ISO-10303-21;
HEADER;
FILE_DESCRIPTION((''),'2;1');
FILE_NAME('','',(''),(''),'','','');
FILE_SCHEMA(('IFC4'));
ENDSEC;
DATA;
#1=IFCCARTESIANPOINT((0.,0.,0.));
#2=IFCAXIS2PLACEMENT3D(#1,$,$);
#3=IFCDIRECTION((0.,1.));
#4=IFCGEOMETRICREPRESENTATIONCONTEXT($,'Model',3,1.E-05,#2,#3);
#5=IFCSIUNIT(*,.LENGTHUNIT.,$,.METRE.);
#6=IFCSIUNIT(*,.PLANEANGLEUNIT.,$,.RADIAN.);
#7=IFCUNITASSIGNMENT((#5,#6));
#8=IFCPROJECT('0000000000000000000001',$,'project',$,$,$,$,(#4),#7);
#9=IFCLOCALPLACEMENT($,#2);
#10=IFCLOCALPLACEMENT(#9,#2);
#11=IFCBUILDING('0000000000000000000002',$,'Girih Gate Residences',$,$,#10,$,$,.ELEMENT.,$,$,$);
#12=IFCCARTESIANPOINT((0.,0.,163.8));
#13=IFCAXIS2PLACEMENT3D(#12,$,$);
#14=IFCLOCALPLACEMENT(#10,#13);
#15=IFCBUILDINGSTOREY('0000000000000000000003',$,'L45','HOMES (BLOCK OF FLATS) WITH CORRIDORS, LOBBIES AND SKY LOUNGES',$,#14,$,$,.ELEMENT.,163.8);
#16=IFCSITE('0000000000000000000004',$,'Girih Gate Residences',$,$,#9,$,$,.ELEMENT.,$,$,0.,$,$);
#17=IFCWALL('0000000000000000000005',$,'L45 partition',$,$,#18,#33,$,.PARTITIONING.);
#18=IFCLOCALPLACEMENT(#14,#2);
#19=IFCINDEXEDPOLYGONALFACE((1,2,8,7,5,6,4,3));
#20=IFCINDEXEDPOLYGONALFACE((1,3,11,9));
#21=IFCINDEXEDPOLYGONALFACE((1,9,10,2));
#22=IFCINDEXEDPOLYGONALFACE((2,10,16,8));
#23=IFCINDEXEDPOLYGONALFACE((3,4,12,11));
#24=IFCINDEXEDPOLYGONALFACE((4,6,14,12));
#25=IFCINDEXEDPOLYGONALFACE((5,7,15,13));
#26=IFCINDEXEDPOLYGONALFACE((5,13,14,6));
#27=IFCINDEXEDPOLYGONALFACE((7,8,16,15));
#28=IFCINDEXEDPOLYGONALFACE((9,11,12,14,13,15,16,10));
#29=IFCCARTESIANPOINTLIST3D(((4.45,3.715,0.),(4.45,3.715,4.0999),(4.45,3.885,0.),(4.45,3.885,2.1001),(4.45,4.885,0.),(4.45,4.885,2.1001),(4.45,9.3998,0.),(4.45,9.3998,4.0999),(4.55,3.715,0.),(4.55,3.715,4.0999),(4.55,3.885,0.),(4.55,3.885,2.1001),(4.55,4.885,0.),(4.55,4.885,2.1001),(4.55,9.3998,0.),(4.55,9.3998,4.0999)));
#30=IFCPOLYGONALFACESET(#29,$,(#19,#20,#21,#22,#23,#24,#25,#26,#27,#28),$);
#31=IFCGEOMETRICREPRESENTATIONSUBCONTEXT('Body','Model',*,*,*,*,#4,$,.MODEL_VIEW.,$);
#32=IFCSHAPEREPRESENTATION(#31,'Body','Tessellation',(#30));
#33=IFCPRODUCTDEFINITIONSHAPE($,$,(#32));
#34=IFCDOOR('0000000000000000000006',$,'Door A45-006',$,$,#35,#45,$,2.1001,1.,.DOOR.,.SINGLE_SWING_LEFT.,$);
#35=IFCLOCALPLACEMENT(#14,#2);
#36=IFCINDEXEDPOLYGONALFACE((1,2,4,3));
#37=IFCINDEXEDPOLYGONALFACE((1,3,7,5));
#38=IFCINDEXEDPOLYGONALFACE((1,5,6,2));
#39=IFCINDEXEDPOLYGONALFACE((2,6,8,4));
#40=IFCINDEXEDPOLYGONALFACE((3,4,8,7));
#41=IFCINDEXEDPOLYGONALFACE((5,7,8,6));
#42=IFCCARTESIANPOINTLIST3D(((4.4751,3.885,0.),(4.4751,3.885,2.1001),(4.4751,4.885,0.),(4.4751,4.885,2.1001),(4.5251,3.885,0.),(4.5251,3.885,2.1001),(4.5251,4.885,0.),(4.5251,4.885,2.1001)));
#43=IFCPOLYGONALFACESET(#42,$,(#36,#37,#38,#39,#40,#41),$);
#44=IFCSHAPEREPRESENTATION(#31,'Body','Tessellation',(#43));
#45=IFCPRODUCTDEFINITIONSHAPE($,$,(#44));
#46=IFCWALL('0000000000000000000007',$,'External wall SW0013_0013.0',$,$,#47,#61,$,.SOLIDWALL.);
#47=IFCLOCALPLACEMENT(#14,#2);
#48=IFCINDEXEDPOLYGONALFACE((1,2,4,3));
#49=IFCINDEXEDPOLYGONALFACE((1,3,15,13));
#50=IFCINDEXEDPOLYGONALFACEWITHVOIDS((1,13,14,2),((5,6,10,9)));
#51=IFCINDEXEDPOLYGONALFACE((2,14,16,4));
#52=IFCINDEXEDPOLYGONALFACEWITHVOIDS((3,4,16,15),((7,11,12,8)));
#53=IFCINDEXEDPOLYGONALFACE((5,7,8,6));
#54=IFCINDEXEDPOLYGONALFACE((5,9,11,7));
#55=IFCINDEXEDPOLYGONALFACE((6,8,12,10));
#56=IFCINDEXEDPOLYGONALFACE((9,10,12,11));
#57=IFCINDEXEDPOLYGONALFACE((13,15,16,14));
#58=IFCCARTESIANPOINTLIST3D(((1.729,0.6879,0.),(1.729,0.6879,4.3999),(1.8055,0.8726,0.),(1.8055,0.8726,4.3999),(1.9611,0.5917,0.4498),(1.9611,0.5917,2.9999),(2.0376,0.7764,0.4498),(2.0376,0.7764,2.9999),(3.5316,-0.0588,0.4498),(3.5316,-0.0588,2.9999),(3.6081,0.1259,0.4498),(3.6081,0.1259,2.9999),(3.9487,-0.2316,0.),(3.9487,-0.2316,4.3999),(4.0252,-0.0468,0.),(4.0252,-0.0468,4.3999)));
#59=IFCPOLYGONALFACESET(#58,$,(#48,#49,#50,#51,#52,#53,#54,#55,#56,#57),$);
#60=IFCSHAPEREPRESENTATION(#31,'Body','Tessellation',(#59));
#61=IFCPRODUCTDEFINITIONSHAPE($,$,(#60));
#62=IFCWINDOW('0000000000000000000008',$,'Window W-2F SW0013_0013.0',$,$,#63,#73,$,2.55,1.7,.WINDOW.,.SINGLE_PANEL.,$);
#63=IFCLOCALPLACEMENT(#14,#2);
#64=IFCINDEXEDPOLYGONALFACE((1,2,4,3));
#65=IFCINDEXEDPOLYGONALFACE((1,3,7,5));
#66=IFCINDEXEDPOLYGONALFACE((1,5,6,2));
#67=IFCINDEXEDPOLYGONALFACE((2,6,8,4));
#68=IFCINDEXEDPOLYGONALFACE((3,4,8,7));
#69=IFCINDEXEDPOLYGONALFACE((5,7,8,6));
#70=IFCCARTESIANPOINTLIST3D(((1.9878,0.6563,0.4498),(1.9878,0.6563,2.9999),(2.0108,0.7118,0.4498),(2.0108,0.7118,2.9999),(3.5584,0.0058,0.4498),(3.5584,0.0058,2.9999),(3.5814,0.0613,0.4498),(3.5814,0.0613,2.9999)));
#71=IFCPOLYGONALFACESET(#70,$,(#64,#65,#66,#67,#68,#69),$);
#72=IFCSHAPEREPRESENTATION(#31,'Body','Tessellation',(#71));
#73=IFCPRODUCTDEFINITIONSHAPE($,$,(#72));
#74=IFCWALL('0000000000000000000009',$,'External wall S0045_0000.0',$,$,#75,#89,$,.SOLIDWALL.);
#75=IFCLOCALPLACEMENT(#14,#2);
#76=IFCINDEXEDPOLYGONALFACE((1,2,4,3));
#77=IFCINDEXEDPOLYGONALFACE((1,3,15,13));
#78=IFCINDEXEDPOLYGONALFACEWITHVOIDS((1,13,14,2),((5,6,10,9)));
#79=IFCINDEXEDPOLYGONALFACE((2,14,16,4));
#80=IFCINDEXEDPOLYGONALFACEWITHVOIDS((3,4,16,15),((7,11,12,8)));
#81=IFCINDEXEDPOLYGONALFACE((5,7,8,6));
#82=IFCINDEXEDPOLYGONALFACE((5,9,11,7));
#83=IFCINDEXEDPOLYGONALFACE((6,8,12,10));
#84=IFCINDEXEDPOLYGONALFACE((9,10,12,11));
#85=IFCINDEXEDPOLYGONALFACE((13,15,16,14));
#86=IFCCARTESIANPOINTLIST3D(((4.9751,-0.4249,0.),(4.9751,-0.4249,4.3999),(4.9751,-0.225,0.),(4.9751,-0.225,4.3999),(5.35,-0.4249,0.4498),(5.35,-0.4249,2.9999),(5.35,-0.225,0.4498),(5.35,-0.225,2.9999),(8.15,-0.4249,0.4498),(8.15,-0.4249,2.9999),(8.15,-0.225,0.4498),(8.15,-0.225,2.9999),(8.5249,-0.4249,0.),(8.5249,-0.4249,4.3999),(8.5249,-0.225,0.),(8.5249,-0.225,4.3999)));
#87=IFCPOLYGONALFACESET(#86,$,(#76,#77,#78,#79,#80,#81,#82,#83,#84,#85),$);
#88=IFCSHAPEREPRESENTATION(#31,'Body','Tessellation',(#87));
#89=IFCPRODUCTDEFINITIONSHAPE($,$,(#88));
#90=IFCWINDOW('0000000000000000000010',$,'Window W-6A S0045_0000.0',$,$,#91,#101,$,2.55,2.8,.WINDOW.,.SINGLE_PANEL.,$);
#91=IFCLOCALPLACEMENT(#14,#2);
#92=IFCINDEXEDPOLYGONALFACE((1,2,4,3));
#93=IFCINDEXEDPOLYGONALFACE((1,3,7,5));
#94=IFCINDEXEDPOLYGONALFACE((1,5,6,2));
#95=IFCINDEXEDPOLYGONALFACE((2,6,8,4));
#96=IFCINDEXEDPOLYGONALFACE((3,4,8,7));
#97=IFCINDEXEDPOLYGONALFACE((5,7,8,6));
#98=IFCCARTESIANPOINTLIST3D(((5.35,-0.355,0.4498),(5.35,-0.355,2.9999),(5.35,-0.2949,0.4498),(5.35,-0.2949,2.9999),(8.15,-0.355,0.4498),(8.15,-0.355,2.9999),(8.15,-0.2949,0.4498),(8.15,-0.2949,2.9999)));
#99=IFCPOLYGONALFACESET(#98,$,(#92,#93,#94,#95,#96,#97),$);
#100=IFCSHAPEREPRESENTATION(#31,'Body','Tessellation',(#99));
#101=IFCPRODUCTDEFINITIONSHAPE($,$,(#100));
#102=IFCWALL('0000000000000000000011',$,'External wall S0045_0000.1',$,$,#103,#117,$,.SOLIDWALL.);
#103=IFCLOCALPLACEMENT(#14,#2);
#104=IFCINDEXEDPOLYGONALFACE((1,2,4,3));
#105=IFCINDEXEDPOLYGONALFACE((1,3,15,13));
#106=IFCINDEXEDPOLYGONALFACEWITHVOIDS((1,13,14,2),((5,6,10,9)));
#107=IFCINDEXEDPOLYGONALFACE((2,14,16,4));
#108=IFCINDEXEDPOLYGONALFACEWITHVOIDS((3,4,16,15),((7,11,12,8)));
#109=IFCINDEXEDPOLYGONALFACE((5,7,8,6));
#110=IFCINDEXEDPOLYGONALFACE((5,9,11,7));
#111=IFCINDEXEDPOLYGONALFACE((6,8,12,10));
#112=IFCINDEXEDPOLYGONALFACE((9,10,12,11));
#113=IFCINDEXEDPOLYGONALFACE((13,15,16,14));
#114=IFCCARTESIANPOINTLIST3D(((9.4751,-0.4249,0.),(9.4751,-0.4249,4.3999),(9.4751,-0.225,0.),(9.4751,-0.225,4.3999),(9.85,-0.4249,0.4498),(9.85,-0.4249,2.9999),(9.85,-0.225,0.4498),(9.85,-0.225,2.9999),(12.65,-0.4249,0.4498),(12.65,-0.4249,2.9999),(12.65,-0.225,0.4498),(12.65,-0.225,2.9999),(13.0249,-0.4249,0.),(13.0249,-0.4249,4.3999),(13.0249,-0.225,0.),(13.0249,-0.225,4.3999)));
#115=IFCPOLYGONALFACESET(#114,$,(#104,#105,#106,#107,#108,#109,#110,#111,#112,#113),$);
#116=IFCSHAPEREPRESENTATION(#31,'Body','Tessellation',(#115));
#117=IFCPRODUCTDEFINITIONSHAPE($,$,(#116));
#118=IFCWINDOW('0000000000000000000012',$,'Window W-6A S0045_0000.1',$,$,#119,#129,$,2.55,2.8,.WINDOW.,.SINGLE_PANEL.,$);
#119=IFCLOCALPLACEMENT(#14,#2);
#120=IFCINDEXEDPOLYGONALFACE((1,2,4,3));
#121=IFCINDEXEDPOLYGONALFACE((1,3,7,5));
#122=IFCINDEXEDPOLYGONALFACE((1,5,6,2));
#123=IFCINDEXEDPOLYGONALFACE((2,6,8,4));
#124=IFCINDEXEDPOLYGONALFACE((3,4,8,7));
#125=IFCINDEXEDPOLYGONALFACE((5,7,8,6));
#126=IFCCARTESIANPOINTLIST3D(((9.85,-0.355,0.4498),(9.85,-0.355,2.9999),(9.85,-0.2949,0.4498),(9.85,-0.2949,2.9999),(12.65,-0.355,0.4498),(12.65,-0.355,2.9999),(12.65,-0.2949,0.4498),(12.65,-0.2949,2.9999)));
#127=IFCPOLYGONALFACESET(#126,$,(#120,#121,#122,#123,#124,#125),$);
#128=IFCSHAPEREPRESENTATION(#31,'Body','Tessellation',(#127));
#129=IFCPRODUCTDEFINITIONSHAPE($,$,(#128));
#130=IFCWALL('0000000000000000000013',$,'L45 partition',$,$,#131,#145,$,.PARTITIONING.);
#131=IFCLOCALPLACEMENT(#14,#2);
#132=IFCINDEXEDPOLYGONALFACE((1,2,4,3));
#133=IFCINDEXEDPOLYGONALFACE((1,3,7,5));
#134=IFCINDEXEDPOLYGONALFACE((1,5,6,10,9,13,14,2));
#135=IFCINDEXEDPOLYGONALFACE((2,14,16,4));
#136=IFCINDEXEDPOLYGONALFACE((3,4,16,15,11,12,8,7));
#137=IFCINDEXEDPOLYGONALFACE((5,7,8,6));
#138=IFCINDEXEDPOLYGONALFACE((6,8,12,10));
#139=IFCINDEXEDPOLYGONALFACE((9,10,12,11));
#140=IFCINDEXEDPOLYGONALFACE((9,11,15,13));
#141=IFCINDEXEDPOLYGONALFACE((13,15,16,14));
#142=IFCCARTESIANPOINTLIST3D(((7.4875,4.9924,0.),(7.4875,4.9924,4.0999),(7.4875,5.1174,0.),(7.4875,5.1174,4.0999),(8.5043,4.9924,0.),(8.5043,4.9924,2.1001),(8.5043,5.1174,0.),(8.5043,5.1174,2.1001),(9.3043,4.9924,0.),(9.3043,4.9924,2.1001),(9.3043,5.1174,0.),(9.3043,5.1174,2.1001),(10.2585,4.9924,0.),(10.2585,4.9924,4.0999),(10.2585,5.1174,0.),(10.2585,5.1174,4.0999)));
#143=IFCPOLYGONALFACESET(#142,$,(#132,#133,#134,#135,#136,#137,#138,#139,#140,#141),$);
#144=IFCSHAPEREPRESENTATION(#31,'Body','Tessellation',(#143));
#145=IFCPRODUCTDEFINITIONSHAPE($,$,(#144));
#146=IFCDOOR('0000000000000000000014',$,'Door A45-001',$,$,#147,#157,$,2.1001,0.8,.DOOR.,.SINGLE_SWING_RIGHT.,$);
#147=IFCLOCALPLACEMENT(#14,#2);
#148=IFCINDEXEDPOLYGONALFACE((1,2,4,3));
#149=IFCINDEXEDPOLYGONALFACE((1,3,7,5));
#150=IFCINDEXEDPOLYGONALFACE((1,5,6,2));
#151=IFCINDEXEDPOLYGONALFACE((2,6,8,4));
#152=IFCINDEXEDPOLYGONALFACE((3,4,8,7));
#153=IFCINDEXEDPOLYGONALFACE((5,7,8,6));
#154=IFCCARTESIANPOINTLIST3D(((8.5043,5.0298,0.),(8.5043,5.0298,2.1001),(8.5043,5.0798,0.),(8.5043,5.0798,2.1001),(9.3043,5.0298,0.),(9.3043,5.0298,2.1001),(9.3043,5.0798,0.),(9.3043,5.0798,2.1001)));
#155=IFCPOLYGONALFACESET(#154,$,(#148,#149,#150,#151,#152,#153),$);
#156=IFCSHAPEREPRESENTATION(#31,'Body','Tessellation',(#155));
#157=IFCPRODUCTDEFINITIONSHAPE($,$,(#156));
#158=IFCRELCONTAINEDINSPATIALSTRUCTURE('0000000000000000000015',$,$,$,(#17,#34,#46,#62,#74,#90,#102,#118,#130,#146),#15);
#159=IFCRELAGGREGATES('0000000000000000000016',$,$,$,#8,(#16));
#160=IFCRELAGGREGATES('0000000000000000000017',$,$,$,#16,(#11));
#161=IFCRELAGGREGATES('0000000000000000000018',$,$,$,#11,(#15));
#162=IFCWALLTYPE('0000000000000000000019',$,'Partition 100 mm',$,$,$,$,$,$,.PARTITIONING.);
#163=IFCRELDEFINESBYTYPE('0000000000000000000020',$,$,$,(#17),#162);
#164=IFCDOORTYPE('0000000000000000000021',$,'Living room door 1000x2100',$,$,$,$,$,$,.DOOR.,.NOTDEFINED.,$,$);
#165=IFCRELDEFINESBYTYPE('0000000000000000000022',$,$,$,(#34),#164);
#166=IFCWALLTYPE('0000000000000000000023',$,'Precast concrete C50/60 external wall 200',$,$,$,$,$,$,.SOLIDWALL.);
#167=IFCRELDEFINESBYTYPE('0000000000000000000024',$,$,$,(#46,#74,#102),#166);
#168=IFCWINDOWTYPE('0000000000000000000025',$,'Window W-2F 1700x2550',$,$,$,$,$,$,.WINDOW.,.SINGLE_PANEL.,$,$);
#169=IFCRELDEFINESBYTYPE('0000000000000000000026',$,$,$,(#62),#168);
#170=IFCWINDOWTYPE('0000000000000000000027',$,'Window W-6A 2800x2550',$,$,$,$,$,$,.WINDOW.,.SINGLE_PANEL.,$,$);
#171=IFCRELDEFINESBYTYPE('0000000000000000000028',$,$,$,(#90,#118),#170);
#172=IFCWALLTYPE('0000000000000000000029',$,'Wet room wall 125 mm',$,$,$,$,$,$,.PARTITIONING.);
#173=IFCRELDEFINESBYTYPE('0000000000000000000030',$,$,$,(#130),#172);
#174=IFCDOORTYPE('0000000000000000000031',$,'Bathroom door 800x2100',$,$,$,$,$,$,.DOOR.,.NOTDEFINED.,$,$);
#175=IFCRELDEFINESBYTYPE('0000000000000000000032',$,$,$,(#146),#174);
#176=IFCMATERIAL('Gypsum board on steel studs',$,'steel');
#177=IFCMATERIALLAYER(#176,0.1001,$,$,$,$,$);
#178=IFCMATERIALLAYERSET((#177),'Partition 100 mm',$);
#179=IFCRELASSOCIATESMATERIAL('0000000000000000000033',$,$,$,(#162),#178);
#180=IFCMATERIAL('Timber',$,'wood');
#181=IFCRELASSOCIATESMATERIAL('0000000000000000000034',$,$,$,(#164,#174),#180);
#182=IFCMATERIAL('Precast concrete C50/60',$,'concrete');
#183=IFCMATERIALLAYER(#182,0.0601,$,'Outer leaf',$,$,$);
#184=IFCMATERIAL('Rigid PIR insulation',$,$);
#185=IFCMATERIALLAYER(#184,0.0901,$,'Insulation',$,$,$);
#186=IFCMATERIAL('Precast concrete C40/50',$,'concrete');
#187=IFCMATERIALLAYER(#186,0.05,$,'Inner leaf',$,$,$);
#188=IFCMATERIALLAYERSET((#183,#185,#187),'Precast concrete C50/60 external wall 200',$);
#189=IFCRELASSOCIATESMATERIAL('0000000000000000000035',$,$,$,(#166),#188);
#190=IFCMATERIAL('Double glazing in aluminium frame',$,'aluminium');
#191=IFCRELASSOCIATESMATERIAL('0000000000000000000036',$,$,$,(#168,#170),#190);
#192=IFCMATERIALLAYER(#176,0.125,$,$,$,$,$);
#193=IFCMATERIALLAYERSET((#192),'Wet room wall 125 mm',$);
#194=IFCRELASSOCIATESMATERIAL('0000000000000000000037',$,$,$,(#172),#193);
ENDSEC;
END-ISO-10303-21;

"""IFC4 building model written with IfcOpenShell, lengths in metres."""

from ifc_helpers import new_model, si_unit, direction, frame, frame_2d, origin, place, context, subcontext, project, spatial, rectangle, extrude, material, layer, layer_set, type_object, element, fill, save


model = new_model("IFC4")

# Units and contexts
model_context = context("Model", 3, precision=1e-05, world=origin(), true_north=direction((0.0, 1.0)))
body_context = subcontext(model_context, "Body", "Model", "MODEL_VIEW")
ifc_project = project(units=[si_unit("LENGTHUNIT", "METRE"), si_unit("PLANEANGLEUNIT", "RADIAN")], contexts=[model_context])

# Site, building, storey
site_placement = place(None, origin())
site = spatial("IfcSite", under=ifc_project, at=site_placement, Name="Girih Gate Residences", CompositionType="ELEMENT", RefElevation=0.0)
building_placement = place(site_placement, origin())
building = spatial("IfcBuilding", under=site, at=building_placement, Name="Girih Gate Residences", CompositionType="ELEMENT")
storey_placement = place(building_placement, frame((0.0, 0.0, 163.8)))
storey = spatial("IfcBuildingStorey", under=building, at=storey_placement, Name="L45", Description="HOMES (BLOCK OF FLATS) WITH CORRIDORS, LOBBIES AND SKY LOUNGES", CompositionType="ELEMENT", Elevation=163.8)

# Shared definitions
ifc_material_1 = material(Name="Gypsum board on steel studs", Category="steel")

# Shared definitions
ifc_layer_1 = layer(ifc_material_1, 0.1001)
ifc_layer_set_1 = layer_set([ifc_layer_1], Name="Partition 100 mm")
wall_type_1 = type_object("IfcWallType", Name="Partition 100 mm", PredefinedType="PARTITIONING", material=ifc_layer_set_1)

# Shared definitions
ifc_material_2 = material(Name="Timber", Category="wood")

# Wall, opening, door
wall_1_placement = place(storey_placement, frame((4.5, 3.7151, 0.0), z_axis=(0.0, 0.0, 1.0), x_axis=(0.0, 1.0, 0.0)))
wall_1 = element("IfcWall", 1, at=wall_1_placement, inside=storey, type_object=wall_type_1, Name="L45 partition", PredefinedType="PARTITIONING", context=body_context, shape_type="SweptSolid", body=[
    extrude(rectangle(XDim=5.6848, YDim=0.1001, at=frame_2d((2.8423, 0.0))), origin(), (0.0, 0.0, 1.0), 4.0999),
])
opening_1_placement = place(wall_1_placement, frame((0.1699, 0.0, 0.0)))
opening_1 = element("IfcOpeningElement", 2, at=opening_1_placement, cuts=wall_1, PredefinedType="OPENING", context=body_context, shape_type="SweptSolid", body=[
    extrude(rectangle(XDim=1.0, YDim=2.1001, at=frame_2d((0.5, 1.05))), frame((0.0, 0.0601, 0.0), z_axis=(0.0, -1.0, 0.0), x_axis=(1.0, 0.0, 0.0)), (0.0, 0.0, 1.0), 0.1201),
])
door_type_1 = type_object("IfcDoorType", Name="Living room door 1000x2100", OperationType="NOTDEFINED", PredefinedType="DOOR", material=ifc_material_2)
door_1_placement = place(opening_1_placement, origin())
door_1 = element("IfcDoor", 3, at=door_1_placement, inside=storey, type_object=door_type_1, Name="Door A45-006", OperationType="SINGLE_SWING_LEFT", OverallHeight=2.1001, OverallWidth=1.0, PredefinedType="DOOR", context=body_context, shape_type="SweptSolid", body=[
    extrude(rectangle(XDim=1.0, YDim=2.1001, at=frame_2d((0.5, 1.05))), frame((0.0, 0.0249, 0.0), z_axis=(0.0, -1.0, 0.0), x_axis=(1.0, 0.0, 0.0)), (0.0, 0.0, 1.0), 0.05),
])
fill(opening_1, door_1)

# Walls, openings, windows
ifc_material_3 = material(Name="Precast concrete C50/60", Category="concrete")
ifc_layer_2 = layer(ifc_material_3, 0.0601, Name="Outer leaf")
ifc_material_4 = material(Name="Rigid PIR insulation")
ifc_layer_3 = layer(ifc_material_4, 0.0901, Name="Insulation")
ifc_material_5 = material(Name="Precast concrete C40/50", Category="concrete")
ifc_layer_4 = layer(ifc_material_5, 0.05, Name="Inner leaf")
ifc_layer_set_2 = layer_set([ifc_layer_2, ifc_layer_3, ifc_layer_4], Name="Precast concrete C50/60 external wall 200")
wall_type_2 = type_object("IfcWallType", Name="Precast concrete C50/60 external wall 200", PredefinedType="SOLIDWALL", material=ifc_layer_set_2)
wall_2_placement = place(storey_placement, frame((3.9868, -0.1392, 0.0), z_axis=(0.0, 0.0, 1.0), x_axis=(-0.923881, 0.382681, 0.0)))
wall_2 = element("IfcWall", 4, at=wall_2_placement, inside=storey, type_object=wall_type_2, Name="External wall SW0013_0013.0", PredefinedType="SOLIDWALL", context=body_context, shape_type="SweptSolid", body=[
    extrude(rectangle(XDim=2.4026, YDim=0.2, at=frame_2d((1.2012, 0.0))), origin(), (0.0, 0.0, 1.0), 4.3999),
])
opening_2_placement = place(wall_2_placement, frame((0.4512, 0.0, 0.45)))
opening_2 = element("IfcOpeningElement", 5, at=opening_2_placement, cuts=wall_2, PredefinedType="OPENING", context=body_context, shape_type="SweptSolid", body=[
    extrude(rectangle(XDim=1.7, YDim=2.55, at=frame_2d((0.8501, 1.2749))), frame((0.0, 0.1099, 0.0), z_axis=(0.0, -1.0, 0.0), x_axis=(1.0, 0.0, 0.0)), (0.0, 0.0, 1.0), 0.22),
])
ifc_material_6 = material(Name="Double glazing in aluminium frame", Category="aluminium")
window_type_1 = type_object("IfcWindowType", Name="Window W-2F 1700x2550", PartitioningType="SINGLE_PANEL", PredefinedType="WINDOW", material=ifc_material_6)
window_1_placement = place(opening_2_placement, origin())
window_1 = element("IfcWindow", 6, at=window_1_placement, inside=storey, type_object=window_type_1, Name="Window W-2F SW0013_0013.0", OverallHeight=2.55, OverallWidth=1.7, PartitioningType="SINGLE_PANEL", PredefinedType="WINDOW", context=body_context, shape_type="SweptSolid", body=[
    extrude(rectangle(XDim=1.7, YDim=2.55, at=frame_2d((0.8501, 1.2749))), frame((0.0, 0.03, 0.0), z_axis=(0.0, -1.0, 0.0), x_axis=(1.0, 0.0, 0.0)), (0.0, 0.0, 1.0), 0.0601),
])
fill(opening_2, window_1)
wall_3_placement = place(storey_placement, frame((8.5249, -0.325, 0.0), z_axis=(0.0, 0.0, 1.0), x_axis=(-1.0, 0.0, 0.0)))
wall_3 = element("IfcWall", 7, at=wall_3_placement, inside=storey, type_object=wall_type_2, Name="External wall S0045_0000.0", PredefinedType="SOLIDWALL", context=body_context, shape_type="SweptSolid", body=[
    extrude(rectangle(XDim=3.5498, YDim=0.2, at=frame_2d((1.7749, 0.0))), origin(), (0.0, 0.0, 1.0), 4.3999),
])
opening_3_placement = place(wall_3_placement, frame((0.375, 0.0, 0.45)))
opening_3 = element("IfcOpeningElement", 8, at=opening_3_placement, cuts=wall_3, PredefinedType="OPENING", context=body_context, shape_type="SweptSolid", body=[
    extrude(rectangle(XDim=2.8, YDim=2.55, at=frame_2d((1.3999, 1.2749))), frame((0.0, 0.1099, 0.0), z_axis=(0.0, -1.0, 0.0), x_axis=(1.0, 0.0, 0.0)), (0.0, 0.0, 1.0), 0.22),
])
window_type_2 = type_object("IfcWindowType", Name="Window W-6A 2800x2550", PartitioningType="SINGLE_PANEL", PredefinedType="WINDOW", material=ifc_material_6)
window_2_placement = place(opening_3_placement, origin())
window_2 = element("IfcWindow", 9, at=window_2_placement, inside=storey, type_object=window_type_2, Name="Window W-6A S0045_0000.0", OverallHeight=2.55, OverallWidth=2.8, PartitioningType="SINGLE_PANEL", PredefinedType="WINDOW", context=body_context, shape_type="SweptSolid", body=[
    extrude(rectangle(XDim=2.8, YDim=2.55, at=frame_2d((1.3999, 1.2749))), frame((0.0, 0.03, 0.0), z_axis=(0.0, -1.0, 0.0), x_axis=(1.0, 0.0, 0.0)), (0.0, 0.0, 1.0), 0.0601),
])
fill(opening_3, window_2)
wall_4_placement = place(storey_placement, frame((13.0249, -0.325, 0.0), z_axis=(0.0, 0.0, 1.0), x_axis=(-1.0, 0.0, 0.0)))
wall_4 = element("IfcWall", 10, at=wall_4_placement, inside=storey, type_object=wall_type_2, Name="External wall S0045_0000.1", PredefinedType="SOLIDWALL", context=body_context, shape_type="SweptSolid", body=[
    extrude(rectangle(XDim=3.5498, YDim=0.2, at=frame_2d((1.7749, 0.0))), origin(), (0.0, 0.0, 1.0), 4.3999),
])
opening_4_placement = place(wall_4_placement, frame((0.375, 0.0, 0.45)))
opening_4 = element("IfcOpeningElement", 11, at=opening_4_placement, cuts=wall_4, PredefinedType="OPENING", context=body_context, shape_type="SweptSolid", body=[
    extrude(rectangle(XDim=2.8, YDim=2.55, at=frame_2d((1.3999, 1.2749))), frame((0.0, 0.1099, 0.0), z_axis=(0.0, -1.0, 0.0), x_axis=(1.0, 0.0, 0.0)), (0.0, 0.0, 1.0), 0.22),
])
window_3_placement = place(opening_4_placement, origin())
window_3 = element("IfcWindow", 12, at=window_3_placement, inside=storey, type_object=window_type_2, Name="Window W-6A S0045_0000.1", OverallHeight=2.55, OverallWidth=2.8, PartitioningType="SINGLE_PANEL", PredefinedType="WINDOW", context=body_context, shape_type="SweptSolid", body=[
    extrude(rectangle(XDim=2.8, YDim=2.55, at=frame_2d((1.3999, 1.2749))), frame((0.0, 0.03, 0.0), z_axis=(0.0, -1.0, 0.0), x_axis=(1.0, 0.0, 0.0)), (0.0, 0.0, 1.0), 0.0601),
])
fill(opening_4, window_3)

# Wall, opening, door
ifc_layer_5 = layer(ifc_material_1, 0.125)
ifc_layer_set_3 = layer_set([ifc_layer_5], Name="Wet room wall 125 mm")
wall_type_3 = type_object("IfcWallType", Name="Wet room wall 125 mm", PredefinedType="PARTITIONING", material=ifc_layer_set_3)
wall_5_placement = place(storey_placement, frame((7.4875, 5.0549, 0.0), z_axis=(0.0, 0.0, 1.0), x_axis=(1.0, 0.0, 0.0)))
wall_5 = element("IfcWall", 13, at=wall_5_placement, inside=storey, type_object=wall_type_3, Name="L45 partition", PredefinedType="PARTITIONING", context=body_context, shape_type="SweptSolid", body=[
    extrude(rectangle(XDim=2.771, YDim=0.125, at=frame_2d((1.3855, 0.0))), origin(), (0.0, 0.0, 1.0), 4.0999),
])
opening_5_placement = place(wall_5_placement, frame((1.0168, 0.0, 0.0)))
opening_5 = element("IfcOpeningElement", 14, at=opening_5_placement, cuts=wall_5, PredefinedType="OPENING", context=body_context, shape_type="SweptSolid", body=[
    extrude(rectangle(XDim=0.8, YDim=2.1001, at=frame_2d((0.3999, 1.05))), frame((0.0, 0.0725, 0.0), z_axis=(0.0, -1.0, 0.0), x_axis=(1.0, 0.0, 0.0)), (0.0, 0.0, 1.0), 0.145),
])
door_type_2 = type_object("IfcDoorType", Name="Bathroom door 800x2100", OperationType="NOTDEFINED", PredefinedType="DOOR", material=ifc_material_2)
door_2_placement = place(opening_5_placement, origin())
door_2 = element("IfcDoor", 15, at=door_2_placement, inside=storey, type_object=door_type_2, Name="Door A45-001", OperationType="SINGLE_SWING_RIGHT", OverallHeight=2.1001, OverallWidth=0.8, PredefinedType="DOOR", context=body_context, shape_type="SweptSolid", body=[
    extrude(rectangle(XDim=0.8, YDim=2.1001, at=frame_2d((0.3999, 1.05))), frame((0.0, 0.0249, 0.0), z_axis=(0.0, -1.0, 0.0), x_axis=(1.0, 0.0, 0.0)), (0.0, 0.0, 1.0), 0.05),
])
fill(opening_5, door_2)

save(model, "model.ifc")
